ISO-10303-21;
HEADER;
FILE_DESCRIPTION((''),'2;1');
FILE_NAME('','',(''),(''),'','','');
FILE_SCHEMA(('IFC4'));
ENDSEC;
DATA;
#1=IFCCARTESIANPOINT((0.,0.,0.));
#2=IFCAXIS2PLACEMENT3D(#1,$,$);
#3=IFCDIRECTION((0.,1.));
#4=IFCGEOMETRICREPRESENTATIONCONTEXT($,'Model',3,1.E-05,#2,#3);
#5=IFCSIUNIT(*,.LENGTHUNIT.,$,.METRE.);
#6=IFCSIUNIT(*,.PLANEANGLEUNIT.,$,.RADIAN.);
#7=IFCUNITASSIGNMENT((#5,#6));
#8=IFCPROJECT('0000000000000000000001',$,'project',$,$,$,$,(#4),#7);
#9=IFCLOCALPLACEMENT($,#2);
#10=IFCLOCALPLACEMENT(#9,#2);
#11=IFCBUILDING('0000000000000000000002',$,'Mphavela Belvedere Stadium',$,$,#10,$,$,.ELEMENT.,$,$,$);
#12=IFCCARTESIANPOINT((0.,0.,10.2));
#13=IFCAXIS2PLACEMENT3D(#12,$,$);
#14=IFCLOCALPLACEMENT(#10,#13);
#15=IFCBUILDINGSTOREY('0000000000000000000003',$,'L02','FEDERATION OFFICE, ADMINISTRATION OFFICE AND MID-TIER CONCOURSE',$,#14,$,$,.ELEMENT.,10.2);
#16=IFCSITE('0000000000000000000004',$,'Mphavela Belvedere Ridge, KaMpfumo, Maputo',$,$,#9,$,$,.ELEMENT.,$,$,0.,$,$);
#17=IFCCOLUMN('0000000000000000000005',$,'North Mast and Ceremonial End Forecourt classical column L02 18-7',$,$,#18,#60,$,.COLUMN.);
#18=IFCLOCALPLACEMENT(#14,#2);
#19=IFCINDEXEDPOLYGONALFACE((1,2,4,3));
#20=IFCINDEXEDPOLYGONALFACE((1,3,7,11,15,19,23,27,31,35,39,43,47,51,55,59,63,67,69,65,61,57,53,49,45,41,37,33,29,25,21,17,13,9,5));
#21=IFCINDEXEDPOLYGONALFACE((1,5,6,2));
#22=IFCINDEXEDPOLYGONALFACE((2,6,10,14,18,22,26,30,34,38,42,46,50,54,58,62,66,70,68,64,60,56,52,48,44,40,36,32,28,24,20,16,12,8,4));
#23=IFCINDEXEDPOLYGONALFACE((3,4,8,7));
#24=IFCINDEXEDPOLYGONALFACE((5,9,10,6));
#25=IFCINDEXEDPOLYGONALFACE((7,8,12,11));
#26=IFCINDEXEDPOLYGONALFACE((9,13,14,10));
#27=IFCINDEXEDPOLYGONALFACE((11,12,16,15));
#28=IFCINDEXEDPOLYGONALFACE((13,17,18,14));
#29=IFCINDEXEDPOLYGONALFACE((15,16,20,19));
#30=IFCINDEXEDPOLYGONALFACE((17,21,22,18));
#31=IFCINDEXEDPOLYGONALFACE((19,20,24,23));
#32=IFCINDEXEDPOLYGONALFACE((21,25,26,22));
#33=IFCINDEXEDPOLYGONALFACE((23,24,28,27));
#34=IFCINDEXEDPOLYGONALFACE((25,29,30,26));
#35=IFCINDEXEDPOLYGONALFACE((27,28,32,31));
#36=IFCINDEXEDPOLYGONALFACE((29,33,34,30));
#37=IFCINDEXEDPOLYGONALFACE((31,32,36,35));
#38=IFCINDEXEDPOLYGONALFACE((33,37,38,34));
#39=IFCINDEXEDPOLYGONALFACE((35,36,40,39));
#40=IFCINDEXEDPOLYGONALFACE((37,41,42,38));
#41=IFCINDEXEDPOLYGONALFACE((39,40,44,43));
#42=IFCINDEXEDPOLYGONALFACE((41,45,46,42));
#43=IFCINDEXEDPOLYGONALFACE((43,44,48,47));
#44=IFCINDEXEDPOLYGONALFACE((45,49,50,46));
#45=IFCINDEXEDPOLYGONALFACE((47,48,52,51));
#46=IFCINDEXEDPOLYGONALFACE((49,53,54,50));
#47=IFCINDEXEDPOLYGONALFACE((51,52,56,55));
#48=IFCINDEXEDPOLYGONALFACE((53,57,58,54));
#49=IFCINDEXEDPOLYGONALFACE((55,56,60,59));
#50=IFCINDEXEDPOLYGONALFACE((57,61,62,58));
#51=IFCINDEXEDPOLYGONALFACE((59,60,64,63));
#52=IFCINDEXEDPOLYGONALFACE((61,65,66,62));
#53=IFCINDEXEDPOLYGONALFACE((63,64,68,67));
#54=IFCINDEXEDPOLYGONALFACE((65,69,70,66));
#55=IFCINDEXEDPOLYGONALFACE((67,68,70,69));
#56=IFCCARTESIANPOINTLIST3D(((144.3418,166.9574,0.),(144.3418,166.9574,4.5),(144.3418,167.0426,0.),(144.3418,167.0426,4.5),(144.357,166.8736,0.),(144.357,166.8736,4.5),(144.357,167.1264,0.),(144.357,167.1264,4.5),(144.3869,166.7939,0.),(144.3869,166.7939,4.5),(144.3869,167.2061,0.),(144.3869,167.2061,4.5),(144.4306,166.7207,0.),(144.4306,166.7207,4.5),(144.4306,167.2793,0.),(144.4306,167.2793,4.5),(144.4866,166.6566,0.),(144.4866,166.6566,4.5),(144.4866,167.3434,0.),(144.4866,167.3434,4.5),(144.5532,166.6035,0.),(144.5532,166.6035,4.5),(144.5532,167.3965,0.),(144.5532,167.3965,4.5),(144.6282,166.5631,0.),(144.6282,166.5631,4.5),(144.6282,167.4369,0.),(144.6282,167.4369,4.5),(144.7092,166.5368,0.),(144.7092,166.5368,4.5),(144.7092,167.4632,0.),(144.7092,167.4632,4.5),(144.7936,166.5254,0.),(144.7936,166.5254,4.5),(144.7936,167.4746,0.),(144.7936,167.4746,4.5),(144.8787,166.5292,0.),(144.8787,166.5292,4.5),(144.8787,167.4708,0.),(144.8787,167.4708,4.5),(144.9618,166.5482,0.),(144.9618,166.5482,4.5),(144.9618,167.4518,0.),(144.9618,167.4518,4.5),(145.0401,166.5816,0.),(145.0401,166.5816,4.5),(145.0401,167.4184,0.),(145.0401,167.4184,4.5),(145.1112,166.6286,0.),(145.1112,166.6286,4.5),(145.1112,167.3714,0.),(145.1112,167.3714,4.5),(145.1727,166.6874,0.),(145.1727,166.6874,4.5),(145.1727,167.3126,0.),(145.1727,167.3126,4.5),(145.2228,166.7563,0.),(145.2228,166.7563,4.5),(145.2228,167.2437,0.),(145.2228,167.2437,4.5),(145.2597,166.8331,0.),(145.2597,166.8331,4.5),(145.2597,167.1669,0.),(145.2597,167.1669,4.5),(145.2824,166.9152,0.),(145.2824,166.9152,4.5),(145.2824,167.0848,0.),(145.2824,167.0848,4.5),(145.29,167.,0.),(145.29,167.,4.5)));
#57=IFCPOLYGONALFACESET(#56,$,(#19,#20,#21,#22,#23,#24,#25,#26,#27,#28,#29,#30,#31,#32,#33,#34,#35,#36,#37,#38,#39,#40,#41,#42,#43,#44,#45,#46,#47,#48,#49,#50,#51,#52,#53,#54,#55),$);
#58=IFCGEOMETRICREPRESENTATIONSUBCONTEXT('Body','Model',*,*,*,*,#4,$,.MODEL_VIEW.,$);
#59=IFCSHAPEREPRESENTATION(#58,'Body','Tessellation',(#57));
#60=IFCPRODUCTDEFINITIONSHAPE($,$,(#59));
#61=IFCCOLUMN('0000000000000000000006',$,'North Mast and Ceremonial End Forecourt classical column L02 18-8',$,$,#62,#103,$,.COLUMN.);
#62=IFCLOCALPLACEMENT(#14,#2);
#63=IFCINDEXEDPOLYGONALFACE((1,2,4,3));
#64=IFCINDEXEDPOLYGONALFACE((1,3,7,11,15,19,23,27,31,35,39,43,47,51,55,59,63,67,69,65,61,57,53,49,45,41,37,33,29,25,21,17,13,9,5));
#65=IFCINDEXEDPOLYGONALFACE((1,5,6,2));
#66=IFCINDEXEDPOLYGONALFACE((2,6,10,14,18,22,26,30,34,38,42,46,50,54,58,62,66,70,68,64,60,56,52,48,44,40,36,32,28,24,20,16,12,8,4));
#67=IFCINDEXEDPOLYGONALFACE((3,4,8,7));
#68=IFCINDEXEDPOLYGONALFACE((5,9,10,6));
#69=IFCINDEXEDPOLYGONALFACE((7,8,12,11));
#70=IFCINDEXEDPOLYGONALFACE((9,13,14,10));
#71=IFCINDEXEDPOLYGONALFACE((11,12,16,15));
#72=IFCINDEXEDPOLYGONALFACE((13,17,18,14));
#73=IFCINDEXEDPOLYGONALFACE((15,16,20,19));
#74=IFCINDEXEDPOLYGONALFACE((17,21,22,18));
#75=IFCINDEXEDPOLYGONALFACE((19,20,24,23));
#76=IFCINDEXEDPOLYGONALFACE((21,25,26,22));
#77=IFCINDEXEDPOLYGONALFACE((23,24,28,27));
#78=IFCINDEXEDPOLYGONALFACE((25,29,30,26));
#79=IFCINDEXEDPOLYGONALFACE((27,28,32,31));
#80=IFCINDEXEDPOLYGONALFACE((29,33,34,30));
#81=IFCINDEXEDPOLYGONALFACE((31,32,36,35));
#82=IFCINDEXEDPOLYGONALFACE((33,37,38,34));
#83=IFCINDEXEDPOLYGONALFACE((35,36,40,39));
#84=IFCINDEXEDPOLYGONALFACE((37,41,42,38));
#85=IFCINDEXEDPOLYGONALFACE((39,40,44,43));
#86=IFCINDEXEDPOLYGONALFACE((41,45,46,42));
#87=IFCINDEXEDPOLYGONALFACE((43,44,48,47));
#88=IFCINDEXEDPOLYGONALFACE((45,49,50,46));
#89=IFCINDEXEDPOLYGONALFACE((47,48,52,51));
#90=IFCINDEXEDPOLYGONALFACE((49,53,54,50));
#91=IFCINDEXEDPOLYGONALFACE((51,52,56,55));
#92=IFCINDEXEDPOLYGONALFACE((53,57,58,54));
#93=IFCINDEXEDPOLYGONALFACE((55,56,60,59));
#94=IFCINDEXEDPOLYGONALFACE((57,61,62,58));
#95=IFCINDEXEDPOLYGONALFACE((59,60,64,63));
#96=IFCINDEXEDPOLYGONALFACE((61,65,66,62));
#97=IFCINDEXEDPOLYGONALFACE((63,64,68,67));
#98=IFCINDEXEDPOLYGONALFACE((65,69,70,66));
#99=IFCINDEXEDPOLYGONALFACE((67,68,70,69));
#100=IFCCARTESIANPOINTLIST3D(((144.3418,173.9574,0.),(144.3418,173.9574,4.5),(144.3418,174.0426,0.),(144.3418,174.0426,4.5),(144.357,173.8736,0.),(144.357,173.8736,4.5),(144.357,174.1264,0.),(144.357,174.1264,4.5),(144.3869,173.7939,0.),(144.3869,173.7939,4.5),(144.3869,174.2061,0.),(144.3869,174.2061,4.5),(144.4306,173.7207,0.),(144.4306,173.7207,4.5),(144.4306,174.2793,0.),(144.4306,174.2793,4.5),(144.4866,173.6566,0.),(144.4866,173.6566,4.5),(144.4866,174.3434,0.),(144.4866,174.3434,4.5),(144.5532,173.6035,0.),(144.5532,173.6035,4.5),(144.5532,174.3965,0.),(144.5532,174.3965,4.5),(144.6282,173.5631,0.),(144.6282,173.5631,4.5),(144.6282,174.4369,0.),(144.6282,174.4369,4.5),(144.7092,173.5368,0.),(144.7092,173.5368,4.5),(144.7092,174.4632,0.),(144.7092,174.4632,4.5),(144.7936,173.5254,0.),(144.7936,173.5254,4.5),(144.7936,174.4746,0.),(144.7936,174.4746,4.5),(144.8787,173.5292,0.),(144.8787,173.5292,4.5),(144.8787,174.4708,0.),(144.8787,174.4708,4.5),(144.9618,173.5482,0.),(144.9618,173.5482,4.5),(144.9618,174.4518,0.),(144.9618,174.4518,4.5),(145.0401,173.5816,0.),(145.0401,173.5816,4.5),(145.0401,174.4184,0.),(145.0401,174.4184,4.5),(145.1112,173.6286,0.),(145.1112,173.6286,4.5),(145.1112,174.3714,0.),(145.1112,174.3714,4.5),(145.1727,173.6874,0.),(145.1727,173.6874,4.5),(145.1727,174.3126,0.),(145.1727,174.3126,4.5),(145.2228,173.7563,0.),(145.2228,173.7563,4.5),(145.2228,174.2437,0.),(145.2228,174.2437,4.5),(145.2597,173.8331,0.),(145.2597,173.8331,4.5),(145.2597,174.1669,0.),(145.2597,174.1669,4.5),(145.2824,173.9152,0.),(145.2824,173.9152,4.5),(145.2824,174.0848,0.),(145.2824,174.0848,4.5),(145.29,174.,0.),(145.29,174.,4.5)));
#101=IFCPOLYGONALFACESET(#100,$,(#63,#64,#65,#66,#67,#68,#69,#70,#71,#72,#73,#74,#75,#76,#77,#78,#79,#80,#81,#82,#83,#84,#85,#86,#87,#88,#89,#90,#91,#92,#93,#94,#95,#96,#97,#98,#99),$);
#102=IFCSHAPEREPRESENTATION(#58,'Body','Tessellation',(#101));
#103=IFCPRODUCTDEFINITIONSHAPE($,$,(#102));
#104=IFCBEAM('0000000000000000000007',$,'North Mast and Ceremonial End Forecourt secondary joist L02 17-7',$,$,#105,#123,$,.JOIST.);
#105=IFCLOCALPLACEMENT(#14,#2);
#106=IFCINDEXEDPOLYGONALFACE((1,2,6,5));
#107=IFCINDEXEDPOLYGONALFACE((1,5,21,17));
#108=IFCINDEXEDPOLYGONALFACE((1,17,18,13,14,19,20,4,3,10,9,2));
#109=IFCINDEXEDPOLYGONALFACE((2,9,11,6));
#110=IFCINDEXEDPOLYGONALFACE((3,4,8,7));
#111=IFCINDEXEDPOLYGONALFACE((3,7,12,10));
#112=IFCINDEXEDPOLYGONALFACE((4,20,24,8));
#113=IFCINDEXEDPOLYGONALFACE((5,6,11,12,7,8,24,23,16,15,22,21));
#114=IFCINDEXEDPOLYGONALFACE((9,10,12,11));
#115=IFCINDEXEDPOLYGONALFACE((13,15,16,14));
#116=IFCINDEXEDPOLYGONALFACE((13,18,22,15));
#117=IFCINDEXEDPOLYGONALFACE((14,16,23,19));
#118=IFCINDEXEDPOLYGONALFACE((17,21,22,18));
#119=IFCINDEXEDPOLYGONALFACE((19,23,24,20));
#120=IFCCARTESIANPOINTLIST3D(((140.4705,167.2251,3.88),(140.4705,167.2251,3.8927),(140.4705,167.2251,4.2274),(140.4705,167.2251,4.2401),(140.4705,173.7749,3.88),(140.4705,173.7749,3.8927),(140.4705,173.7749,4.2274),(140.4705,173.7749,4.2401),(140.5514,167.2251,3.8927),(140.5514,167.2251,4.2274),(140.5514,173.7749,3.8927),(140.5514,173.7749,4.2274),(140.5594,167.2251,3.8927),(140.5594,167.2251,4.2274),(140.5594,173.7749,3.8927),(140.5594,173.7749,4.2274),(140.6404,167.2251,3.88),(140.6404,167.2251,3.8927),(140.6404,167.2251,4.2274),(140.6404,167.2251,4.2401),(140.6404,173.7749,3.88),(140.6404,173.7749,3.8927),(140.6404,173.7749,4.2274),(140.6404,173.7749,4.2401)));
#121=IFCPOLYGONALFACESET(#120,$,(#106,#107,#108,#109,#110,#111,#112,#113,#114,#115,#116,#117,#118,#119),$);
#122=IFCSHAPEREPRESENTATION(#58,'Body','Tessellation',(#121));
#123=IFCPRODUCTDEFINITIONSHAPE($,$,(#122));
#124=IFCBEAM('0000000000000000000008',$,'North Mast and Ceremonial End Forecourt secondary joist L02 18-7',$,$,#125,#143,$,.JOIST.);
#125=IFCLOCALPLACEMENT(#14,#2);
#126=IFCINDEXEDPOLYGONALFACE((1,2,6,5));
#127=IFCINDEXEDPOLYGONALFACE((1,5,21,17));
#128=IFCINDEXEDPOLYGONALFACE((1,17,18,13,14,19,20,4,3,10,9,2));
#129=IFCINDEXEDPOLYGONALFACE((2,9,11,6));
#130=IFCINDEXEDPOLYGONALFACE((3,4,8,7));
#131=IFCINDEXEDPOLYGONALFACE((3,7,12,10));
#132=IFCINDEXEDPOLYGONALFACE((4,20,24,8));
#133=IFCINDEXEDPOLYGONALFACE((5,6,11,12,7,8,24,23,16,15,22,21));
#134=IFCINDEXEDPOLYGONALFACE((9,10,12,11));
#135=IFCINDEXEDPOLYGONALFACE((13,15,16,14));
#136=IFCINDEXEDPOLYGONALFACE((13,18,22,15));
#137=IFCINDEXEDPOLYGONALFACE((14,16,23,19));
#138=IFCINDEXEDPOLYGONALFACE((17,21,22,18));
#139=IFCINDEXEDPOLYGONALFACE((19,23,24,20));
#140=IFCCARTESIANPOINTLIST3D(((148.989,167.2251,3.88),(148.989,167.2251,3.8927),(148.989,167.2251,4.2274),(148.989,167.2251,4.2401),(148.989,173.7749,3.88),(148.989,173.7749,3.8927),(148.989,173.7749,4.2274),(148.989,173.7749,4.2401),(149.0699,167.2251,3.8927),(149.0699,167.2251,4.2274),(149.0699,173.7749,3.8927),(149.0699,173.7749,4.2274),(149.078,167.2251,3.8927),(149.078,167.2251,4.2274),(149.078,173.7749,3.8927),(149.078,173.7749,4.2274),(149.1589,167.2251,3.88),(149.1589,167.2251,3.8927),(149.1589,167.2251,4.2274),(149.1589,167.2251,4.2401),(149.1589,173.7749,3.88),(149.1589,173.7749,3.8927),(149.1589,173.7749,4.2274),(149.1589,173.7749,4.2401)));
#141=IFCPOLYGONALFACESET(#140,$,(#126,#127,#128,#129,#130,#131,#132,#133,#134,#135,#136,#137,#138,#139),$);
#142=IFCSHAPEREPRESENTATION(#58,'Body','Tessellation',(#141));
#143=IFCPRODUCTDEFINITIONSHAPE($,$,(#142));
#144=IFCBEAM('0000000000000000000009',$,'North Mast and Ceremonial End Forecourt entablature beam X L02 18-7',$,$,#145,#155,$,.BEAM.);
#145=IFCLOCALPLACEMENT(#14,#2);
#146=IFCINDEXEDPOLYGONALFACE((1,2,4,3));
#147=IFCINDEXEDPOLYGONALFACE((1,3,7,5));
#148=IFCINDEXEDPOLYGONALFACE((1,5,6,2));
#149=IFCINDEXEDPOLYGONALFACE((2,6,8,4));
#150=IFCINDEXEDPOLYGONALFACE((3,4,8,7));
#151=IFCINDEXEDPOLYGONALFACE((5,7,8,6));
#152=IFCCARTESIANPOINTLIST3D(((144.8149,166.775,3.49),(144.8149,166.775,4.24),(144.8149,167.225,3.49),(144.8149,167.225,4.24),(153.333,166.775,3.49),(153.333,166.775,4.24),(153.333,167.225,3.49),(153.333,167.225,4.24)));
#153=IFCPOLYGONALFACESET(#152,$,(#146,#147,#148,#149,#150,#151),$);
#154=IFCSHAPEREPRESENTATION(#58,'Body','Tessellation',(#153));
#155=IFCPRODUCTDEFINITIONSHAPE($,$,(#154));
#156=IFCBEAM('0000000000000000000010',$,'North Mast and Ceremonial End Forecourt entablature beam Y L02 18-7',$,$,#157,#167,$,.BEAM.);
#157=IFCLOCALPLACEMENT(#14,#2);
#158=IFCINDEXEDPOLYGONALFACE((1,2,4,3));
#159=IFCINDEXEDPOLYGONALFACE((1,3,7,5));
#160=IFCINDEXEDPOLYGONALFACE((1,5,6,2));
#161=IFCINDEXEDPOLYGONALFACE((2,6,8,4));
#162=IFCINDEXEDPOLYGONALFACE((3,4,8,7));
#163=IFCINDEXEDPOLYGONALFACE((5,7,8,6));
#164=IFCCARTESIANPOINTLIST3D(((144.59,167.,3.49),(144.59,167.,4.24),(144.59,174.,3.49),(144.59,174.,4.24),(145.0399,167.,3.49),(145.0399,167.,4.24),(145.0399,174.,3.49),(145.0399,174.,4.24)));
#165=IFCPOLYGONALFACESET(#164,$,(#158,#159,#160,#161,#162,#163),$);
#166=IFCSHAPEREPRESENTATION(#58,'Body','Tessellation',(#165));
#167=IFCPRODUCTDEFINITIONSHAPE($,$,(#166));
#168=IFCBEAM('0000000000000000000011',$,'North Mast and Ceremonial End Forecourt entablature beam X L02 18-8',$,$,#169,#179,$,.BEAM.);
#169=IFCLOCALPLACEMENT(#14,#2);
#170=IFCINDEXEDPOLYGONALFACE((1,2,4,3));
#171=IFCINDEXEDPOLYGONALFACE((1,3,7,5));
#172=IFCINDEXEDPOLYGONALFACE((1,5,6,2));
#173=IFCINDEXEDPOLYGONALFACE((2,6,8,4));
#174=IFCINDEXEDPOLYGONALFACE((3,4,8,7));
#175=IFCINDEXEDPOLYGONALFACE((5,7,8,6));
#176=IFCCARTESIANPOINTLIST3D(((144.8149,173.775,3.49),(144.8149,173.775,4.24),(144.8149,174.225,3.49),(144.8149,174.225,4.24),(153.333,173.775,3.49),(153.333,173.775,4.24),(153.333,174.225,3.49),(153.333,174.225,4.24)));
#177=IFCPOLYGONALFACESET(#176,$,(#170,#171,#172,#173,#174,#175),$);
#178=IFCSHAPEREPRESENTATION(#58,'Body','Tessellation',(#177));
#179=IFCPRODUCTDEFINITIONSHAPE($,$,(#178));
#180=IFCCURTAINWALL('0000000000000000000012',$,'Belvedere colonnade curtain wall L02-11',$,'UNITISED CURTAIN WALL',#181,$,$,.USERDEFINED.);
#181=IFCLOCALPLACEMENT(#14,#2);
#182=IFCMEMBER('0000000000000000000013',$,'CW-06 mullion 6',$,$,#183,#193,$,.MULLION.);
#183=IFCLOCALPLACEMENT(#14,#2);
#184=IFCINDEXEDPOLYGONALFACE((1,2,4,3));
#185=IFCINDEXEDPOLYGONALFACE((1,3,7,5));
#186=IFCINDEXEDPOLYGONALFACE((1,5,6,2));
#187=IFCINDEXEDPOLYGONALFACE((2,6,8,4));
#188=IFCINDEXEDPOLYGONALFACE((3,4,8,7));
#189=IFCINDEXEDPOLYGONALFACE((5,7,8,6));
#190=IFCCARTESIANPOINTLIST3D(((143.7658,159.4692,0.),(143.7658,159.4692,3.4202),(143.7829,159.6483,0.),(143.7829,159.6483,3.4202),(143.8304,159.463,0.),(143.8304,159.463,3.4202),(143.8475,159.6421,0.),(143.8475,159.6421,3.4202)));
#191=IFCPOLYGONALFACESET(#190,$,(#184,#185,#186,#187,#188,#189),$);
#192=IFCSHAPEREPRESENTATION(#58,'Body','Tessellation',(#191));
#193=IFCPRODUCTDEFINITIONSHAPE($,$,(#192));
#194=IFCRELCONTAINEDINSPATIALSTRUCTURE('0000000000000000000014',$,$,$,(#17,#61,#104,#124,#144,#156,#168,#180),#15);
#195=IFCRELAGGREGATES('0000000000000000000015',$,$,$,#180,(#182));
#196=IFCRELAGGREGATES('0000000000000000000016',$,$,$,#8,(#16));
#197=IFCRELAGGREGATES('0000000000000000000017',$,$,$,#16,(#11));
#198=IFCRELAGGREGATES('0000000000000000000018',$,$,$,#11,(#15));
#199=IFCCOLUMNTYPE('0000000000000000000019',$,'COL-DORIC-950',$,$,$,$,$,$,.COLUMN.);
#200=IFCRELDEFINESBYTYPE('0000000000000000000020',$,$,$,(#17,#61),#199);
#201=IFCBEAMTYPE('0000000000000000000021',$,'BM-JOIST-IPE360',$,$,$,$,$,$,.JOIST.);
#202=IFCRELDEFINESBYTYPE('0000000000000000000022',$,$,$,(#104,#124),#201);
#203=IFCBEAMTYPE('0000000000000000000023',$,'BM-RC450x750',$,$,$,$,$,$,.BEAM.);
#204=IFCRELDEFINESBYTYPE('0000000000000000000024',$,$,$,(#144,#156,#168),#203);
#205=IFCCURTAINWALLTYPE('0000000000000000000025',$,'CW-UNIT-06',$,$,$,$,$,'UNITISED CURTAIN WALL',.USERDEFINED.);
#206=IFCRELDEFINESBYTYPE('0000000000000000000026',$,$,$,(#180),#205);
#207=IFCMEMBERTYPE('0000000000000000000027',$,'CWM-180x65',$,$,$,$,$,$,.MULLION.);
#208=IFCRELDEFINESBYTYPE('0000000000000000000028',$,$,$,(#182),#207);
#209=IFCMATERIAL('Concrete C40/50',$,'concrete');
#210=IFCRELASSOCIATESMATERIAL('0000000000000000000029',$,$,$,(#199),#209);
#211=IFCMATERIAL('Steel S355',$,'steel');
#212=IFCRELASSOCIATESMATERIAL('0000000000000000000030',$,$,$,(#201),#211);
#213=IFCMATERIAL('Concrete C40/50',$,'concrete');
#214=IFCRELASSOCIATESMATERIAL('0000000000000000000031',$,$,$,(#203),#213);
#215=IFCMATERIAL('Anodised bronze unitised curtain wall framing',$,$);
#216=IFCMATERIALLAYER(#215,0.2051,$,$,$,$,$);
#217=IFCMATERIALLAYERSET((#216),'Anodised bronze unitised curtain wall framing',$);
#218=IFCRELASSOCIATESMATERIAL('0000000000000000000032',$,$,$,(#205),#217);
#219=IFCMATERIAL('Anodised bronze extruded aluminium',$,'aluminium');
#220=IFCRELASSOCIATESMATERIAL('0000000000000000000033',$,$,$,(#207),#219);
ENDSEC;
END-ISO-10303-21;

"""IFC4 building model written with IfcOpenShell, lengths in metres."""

from ifc_helpers import new_model, si_unit, direction, frame, origin, origin_2d, place, context, subcontext, project, spatial, rectangle, circle, i_section, extrude, material, layer, layer_set, material_profile, profile_set, type_object, element, aggregate, save


model = new_model("IFC4")

# Units and contexts
model_context = context("Model", 3, precision=1e-05, world=origin(), true_north=direction((0.0, 1.0)))
body_context = subcontext(model_context, "Body", "Model", "MODEL_VIEW")
ifc_project = project(units=[si_unit("LENGTHUNIT", "METRE"), si_unit("PLANEANGLEUNIT", "RADIAN")], contexts=[model_context])

# Site, building, storey
site_placement = place(None, origin())
site = spatial("IfcSite", under=ifc_project, at=site_placement, Name="Mphavela Belvedere Ridge, KaMpfumo, Maputo", CompositionType="ELEMENT", RefElevation=0.0)
building_placement = place(site_placement, origin())
building = spatial("IfcBuilding", under=site, at=building_placement, Name="Mphavela Belvedere Stadium", CompositionType="ELEMENT")
storey_placement = place(building_placement, frame((0.0, 0.0, 10.2)))
storey = spatial("IfcBuildingStorey", under=building, at=storey_placement, Name="L02", Description="FEDERATION OFFICE, ADMINISTRATION OFFICE AND MID-TIER CONCOURSE", CompositionType="ELEMENT", Elevation=10.2)

# Columns
ifc_material_1 = material(Name="Concrete C40/50", Category="concrete")
ifc_material_profile_1 = material_profile(ifc_material_1, circle(Radius=0.4751, at=origin_2d()), Name="COL D950")
ifc_profile_set_1 = profile_set([ifc_material_profile_1], Name="Concrete C40/50")
column_type = type_object("IfcColumnType", Name="COL-DORIC-950", PredefinedType="COLUMN", material=ifc_profile_set_1)
for number, where, z_axis, x_axis, name in (
    (1, (144.8149, 167.0, 0.0), (0.0, 0.0, 1.0), (1.0, 0.0, 0.0), "North Mast and Ceremonial End Forecourt classical column L02 18-7"),
    (2, (144.8149, 174.0, 0.0), (0.0, 0.0, 1.0), (1.0, 0.0, 0.0), "North Mast and Ceremonial End Forecourt classical column L02 18-8"),
):
    element("IfcColumn", number, at=place(storey_placement, frame(where, z_axis=z_axis, x_axis=x_axis)), inside=storey, type_object=column_type, Name=name, PredefinedType="COLUMN", context=body_context, shape_type="SweptSolid", body=[
        extrude(circle(Radius=0.4751, at=origin_2d()), origin(), (0.0, 0.0, 1.0), 4.5),
    ])

# Beams
ifc_material_2 = material(Name="Steel S355", Category="steel")
ifc_material_profile_2 = material_profile(ifc_material_2, i_section(OverallWidth=0.1699, OverallDepth=0.3601, WebThickness=0.0081, FlangeThickness=0.0127, at=origin_2d()), Name="IPE 360")
ifc_profile_set_2 = profile_set([ifc_material_profile_2], Name="Steel S355")
beam_type_1 = type_object("IfcBeamType", Name="BM-JOIST-IPE360", PredefinedType="JOIST", material=ifc_profile_set_2)
for number, where, z_axis, x_axis, name in (
    (3, (140.5554, 167.2251, 4.0601), (0.0, 1.0, 0.0), (-1.0, 0.0, 0.0), "North Mast and Ceremonial End Forecourt secondary joist L02 17-7"),
    (4, (149.074, 167.2251, 4.0601), (0.0, 1.0, 0.0), (-1.0, 0.0, 0.0), "North Mast and Ceremonial End Forecourt secondary joist L02 18-7"),
):
    element("IfcBeam", number, at=place(storey_placement, frame(where, z_axis=z_axis, x_axis=x_axis)), inside=storey, type_object=beam_type_1, Name=name, PredefinedType="JOIST", context=body_context, shape_type="SweptSolid", body=[
        extrude(i_section(OverallWidth=0.1699, OverallDepth=0.3601, WebThickness=0.0081, FlangeThickness=0.0127, at=origin_2d()), origin(), (0.0, 0.0, 1.0), 6.5498),
    ])
ifc_material_3 = material(Name="Concrete C40/50", Category="concrete")
ifc_material_profile_3 = material_profile(ifc_material_3, rectangle(XDim=0.45, YDim=0.75, at=origin_2d()), Name="RC 450x750")
ifc_profile_set_3 = profile_set([ifc_material_profile_3], Name="Concrete C40/50")
beam_type_2 = type_object("IfcBeamType", Name="BM-RC450x750", PredefinedType="BEAM", material=ifc_profile_set_3)
beam_1_placement = place(storey_placement, frame((144.8149, 167.0, 3.865), z_axis=(1.0, 0.0, 0.0), x_axis=(0.0, 1.0, 0.0)))
element("IfcBeam", 5, at=beam_1_placement, inside=storey, type_object=beam_type_2, Name="North Mast and Ceremonial End Forecourt entablature beam X L02 18-7", PredefinedType="BEAM", context=body_context, shape_type="SweptSolid", body=[
    extrude(rectangle(XDim=0.45, YDim=0.75, at=origin_2d()), origin(), (0.0, 0.0, 1.0), 8.5181),
])
beam_2_placement = place(storey_placement, frame((144.8149, 167.0, 3.865), z_axis=(0.0, 1.0, 0.0), x_axis=(-1.0, 0.0, 0.0)))
element("IfcBeam", 6, at=beam_2_placement, inside=storey, type_object=beam_type_2, Name="North Mast and Ceremonial End Forecourt entablature beam Y L02 18-7", PredefinedType="BEAM", context=body_context, shape_type="SweptSolid", body=[
    extrude(rectangle(XDim=0.45, YDim=0.75, at=origin_2d()), origin(), (0.0, 0.0, 1.0), 7.0),
])
beam_3_placement = place(storey_placement, frame((144.8149, 174.0, 3.865), z_axis=(1.0, 0.0, 0.0), x_axis=(0.0, 1.0, 0.0)))
element("IfcBeam", 7, at=beam_3_placement, inside=storey, type_object=beam_type_2, Name="North Mast and Ceremonial End Forecourt entablature beam X L02 18-8", PredefinedType="BEAM", context=body_context, shape_type="SweptSolid", body=[
    extrude(rectangle(XDim=0.45, YDim=0.75, at=origin_2d()), origin(), (0.0, 0.0, 1.0), 8.5181),
])

# Curtain wall, member
ifc_material_4 = material(Name="Anodised bronze unitised curtain wall framing")
ifc_layer_1 = layer(ifc_material_4, 0.2051)
ifc_layer_set_1 = layer_set([ifc_layer_1], Name="Anodised bronze unitised curtain wall framing")
curtain_wall_type = type_object("IfcCurtainWallType", Name="CW-UNIT-06", ElementType="UNITISED CURTAIN WALL", PredefinedType="USERDEFINED", material=ifc_layer_set_1)
curtain_wall_placement = place(storey_placement, origin())
curtain_wall = element("IfcCurtainWall", 8, at=curtain_wall_placement, inside=storey, type_object=curtain_wall_type, Name="Belvedere colonnade curtain wall L02-11", ObjectType="UNITISED CURTAIN WALL", PredefinedType="USERDEFINED")
ifc_material_5 = material(Name="Anodised bronze extruded aluminium", Category="aluminium")
ifc_material_profile_4 = material_profile(ifc_material_5, rectangle(XDim=0.1799, YDim=0.0649, at=origin_2d()), Name="CW-MUL 180x65")
ifc_profile_set_4 = profile_set([ifc_material_profile_4], Name="Anodised bronze extruded aluminium")
member_type_1 = type_object("IfcMemberType", Name="CWM-180x65", PredefinedType="MULLION", material=ifc_profile_set_4)
member_1_placement = place(storey_placement, frame((143.8066, 159.5557, 0.0), z_axis=(0.0, 0.0, 1.0), x_axis=(-0.094926, -0.995484, 0.0)))
member_1 = element("IfcMember", 9, at=member_1_placement, type_object=member_type_1, Name="CW-06 mullion 6", PredefinedType="MULLION", context=body_context, shape_type="SweptSolid", body=[
    extrude(rectangle(XDim=0.1799, YDim=0.0649, at=origin_2d()), origin(), (0.0, 0.0, 1.0), 3.4202),
])
aggregate(curtain_wall, [member_1])

save(model, "model.ifc")
